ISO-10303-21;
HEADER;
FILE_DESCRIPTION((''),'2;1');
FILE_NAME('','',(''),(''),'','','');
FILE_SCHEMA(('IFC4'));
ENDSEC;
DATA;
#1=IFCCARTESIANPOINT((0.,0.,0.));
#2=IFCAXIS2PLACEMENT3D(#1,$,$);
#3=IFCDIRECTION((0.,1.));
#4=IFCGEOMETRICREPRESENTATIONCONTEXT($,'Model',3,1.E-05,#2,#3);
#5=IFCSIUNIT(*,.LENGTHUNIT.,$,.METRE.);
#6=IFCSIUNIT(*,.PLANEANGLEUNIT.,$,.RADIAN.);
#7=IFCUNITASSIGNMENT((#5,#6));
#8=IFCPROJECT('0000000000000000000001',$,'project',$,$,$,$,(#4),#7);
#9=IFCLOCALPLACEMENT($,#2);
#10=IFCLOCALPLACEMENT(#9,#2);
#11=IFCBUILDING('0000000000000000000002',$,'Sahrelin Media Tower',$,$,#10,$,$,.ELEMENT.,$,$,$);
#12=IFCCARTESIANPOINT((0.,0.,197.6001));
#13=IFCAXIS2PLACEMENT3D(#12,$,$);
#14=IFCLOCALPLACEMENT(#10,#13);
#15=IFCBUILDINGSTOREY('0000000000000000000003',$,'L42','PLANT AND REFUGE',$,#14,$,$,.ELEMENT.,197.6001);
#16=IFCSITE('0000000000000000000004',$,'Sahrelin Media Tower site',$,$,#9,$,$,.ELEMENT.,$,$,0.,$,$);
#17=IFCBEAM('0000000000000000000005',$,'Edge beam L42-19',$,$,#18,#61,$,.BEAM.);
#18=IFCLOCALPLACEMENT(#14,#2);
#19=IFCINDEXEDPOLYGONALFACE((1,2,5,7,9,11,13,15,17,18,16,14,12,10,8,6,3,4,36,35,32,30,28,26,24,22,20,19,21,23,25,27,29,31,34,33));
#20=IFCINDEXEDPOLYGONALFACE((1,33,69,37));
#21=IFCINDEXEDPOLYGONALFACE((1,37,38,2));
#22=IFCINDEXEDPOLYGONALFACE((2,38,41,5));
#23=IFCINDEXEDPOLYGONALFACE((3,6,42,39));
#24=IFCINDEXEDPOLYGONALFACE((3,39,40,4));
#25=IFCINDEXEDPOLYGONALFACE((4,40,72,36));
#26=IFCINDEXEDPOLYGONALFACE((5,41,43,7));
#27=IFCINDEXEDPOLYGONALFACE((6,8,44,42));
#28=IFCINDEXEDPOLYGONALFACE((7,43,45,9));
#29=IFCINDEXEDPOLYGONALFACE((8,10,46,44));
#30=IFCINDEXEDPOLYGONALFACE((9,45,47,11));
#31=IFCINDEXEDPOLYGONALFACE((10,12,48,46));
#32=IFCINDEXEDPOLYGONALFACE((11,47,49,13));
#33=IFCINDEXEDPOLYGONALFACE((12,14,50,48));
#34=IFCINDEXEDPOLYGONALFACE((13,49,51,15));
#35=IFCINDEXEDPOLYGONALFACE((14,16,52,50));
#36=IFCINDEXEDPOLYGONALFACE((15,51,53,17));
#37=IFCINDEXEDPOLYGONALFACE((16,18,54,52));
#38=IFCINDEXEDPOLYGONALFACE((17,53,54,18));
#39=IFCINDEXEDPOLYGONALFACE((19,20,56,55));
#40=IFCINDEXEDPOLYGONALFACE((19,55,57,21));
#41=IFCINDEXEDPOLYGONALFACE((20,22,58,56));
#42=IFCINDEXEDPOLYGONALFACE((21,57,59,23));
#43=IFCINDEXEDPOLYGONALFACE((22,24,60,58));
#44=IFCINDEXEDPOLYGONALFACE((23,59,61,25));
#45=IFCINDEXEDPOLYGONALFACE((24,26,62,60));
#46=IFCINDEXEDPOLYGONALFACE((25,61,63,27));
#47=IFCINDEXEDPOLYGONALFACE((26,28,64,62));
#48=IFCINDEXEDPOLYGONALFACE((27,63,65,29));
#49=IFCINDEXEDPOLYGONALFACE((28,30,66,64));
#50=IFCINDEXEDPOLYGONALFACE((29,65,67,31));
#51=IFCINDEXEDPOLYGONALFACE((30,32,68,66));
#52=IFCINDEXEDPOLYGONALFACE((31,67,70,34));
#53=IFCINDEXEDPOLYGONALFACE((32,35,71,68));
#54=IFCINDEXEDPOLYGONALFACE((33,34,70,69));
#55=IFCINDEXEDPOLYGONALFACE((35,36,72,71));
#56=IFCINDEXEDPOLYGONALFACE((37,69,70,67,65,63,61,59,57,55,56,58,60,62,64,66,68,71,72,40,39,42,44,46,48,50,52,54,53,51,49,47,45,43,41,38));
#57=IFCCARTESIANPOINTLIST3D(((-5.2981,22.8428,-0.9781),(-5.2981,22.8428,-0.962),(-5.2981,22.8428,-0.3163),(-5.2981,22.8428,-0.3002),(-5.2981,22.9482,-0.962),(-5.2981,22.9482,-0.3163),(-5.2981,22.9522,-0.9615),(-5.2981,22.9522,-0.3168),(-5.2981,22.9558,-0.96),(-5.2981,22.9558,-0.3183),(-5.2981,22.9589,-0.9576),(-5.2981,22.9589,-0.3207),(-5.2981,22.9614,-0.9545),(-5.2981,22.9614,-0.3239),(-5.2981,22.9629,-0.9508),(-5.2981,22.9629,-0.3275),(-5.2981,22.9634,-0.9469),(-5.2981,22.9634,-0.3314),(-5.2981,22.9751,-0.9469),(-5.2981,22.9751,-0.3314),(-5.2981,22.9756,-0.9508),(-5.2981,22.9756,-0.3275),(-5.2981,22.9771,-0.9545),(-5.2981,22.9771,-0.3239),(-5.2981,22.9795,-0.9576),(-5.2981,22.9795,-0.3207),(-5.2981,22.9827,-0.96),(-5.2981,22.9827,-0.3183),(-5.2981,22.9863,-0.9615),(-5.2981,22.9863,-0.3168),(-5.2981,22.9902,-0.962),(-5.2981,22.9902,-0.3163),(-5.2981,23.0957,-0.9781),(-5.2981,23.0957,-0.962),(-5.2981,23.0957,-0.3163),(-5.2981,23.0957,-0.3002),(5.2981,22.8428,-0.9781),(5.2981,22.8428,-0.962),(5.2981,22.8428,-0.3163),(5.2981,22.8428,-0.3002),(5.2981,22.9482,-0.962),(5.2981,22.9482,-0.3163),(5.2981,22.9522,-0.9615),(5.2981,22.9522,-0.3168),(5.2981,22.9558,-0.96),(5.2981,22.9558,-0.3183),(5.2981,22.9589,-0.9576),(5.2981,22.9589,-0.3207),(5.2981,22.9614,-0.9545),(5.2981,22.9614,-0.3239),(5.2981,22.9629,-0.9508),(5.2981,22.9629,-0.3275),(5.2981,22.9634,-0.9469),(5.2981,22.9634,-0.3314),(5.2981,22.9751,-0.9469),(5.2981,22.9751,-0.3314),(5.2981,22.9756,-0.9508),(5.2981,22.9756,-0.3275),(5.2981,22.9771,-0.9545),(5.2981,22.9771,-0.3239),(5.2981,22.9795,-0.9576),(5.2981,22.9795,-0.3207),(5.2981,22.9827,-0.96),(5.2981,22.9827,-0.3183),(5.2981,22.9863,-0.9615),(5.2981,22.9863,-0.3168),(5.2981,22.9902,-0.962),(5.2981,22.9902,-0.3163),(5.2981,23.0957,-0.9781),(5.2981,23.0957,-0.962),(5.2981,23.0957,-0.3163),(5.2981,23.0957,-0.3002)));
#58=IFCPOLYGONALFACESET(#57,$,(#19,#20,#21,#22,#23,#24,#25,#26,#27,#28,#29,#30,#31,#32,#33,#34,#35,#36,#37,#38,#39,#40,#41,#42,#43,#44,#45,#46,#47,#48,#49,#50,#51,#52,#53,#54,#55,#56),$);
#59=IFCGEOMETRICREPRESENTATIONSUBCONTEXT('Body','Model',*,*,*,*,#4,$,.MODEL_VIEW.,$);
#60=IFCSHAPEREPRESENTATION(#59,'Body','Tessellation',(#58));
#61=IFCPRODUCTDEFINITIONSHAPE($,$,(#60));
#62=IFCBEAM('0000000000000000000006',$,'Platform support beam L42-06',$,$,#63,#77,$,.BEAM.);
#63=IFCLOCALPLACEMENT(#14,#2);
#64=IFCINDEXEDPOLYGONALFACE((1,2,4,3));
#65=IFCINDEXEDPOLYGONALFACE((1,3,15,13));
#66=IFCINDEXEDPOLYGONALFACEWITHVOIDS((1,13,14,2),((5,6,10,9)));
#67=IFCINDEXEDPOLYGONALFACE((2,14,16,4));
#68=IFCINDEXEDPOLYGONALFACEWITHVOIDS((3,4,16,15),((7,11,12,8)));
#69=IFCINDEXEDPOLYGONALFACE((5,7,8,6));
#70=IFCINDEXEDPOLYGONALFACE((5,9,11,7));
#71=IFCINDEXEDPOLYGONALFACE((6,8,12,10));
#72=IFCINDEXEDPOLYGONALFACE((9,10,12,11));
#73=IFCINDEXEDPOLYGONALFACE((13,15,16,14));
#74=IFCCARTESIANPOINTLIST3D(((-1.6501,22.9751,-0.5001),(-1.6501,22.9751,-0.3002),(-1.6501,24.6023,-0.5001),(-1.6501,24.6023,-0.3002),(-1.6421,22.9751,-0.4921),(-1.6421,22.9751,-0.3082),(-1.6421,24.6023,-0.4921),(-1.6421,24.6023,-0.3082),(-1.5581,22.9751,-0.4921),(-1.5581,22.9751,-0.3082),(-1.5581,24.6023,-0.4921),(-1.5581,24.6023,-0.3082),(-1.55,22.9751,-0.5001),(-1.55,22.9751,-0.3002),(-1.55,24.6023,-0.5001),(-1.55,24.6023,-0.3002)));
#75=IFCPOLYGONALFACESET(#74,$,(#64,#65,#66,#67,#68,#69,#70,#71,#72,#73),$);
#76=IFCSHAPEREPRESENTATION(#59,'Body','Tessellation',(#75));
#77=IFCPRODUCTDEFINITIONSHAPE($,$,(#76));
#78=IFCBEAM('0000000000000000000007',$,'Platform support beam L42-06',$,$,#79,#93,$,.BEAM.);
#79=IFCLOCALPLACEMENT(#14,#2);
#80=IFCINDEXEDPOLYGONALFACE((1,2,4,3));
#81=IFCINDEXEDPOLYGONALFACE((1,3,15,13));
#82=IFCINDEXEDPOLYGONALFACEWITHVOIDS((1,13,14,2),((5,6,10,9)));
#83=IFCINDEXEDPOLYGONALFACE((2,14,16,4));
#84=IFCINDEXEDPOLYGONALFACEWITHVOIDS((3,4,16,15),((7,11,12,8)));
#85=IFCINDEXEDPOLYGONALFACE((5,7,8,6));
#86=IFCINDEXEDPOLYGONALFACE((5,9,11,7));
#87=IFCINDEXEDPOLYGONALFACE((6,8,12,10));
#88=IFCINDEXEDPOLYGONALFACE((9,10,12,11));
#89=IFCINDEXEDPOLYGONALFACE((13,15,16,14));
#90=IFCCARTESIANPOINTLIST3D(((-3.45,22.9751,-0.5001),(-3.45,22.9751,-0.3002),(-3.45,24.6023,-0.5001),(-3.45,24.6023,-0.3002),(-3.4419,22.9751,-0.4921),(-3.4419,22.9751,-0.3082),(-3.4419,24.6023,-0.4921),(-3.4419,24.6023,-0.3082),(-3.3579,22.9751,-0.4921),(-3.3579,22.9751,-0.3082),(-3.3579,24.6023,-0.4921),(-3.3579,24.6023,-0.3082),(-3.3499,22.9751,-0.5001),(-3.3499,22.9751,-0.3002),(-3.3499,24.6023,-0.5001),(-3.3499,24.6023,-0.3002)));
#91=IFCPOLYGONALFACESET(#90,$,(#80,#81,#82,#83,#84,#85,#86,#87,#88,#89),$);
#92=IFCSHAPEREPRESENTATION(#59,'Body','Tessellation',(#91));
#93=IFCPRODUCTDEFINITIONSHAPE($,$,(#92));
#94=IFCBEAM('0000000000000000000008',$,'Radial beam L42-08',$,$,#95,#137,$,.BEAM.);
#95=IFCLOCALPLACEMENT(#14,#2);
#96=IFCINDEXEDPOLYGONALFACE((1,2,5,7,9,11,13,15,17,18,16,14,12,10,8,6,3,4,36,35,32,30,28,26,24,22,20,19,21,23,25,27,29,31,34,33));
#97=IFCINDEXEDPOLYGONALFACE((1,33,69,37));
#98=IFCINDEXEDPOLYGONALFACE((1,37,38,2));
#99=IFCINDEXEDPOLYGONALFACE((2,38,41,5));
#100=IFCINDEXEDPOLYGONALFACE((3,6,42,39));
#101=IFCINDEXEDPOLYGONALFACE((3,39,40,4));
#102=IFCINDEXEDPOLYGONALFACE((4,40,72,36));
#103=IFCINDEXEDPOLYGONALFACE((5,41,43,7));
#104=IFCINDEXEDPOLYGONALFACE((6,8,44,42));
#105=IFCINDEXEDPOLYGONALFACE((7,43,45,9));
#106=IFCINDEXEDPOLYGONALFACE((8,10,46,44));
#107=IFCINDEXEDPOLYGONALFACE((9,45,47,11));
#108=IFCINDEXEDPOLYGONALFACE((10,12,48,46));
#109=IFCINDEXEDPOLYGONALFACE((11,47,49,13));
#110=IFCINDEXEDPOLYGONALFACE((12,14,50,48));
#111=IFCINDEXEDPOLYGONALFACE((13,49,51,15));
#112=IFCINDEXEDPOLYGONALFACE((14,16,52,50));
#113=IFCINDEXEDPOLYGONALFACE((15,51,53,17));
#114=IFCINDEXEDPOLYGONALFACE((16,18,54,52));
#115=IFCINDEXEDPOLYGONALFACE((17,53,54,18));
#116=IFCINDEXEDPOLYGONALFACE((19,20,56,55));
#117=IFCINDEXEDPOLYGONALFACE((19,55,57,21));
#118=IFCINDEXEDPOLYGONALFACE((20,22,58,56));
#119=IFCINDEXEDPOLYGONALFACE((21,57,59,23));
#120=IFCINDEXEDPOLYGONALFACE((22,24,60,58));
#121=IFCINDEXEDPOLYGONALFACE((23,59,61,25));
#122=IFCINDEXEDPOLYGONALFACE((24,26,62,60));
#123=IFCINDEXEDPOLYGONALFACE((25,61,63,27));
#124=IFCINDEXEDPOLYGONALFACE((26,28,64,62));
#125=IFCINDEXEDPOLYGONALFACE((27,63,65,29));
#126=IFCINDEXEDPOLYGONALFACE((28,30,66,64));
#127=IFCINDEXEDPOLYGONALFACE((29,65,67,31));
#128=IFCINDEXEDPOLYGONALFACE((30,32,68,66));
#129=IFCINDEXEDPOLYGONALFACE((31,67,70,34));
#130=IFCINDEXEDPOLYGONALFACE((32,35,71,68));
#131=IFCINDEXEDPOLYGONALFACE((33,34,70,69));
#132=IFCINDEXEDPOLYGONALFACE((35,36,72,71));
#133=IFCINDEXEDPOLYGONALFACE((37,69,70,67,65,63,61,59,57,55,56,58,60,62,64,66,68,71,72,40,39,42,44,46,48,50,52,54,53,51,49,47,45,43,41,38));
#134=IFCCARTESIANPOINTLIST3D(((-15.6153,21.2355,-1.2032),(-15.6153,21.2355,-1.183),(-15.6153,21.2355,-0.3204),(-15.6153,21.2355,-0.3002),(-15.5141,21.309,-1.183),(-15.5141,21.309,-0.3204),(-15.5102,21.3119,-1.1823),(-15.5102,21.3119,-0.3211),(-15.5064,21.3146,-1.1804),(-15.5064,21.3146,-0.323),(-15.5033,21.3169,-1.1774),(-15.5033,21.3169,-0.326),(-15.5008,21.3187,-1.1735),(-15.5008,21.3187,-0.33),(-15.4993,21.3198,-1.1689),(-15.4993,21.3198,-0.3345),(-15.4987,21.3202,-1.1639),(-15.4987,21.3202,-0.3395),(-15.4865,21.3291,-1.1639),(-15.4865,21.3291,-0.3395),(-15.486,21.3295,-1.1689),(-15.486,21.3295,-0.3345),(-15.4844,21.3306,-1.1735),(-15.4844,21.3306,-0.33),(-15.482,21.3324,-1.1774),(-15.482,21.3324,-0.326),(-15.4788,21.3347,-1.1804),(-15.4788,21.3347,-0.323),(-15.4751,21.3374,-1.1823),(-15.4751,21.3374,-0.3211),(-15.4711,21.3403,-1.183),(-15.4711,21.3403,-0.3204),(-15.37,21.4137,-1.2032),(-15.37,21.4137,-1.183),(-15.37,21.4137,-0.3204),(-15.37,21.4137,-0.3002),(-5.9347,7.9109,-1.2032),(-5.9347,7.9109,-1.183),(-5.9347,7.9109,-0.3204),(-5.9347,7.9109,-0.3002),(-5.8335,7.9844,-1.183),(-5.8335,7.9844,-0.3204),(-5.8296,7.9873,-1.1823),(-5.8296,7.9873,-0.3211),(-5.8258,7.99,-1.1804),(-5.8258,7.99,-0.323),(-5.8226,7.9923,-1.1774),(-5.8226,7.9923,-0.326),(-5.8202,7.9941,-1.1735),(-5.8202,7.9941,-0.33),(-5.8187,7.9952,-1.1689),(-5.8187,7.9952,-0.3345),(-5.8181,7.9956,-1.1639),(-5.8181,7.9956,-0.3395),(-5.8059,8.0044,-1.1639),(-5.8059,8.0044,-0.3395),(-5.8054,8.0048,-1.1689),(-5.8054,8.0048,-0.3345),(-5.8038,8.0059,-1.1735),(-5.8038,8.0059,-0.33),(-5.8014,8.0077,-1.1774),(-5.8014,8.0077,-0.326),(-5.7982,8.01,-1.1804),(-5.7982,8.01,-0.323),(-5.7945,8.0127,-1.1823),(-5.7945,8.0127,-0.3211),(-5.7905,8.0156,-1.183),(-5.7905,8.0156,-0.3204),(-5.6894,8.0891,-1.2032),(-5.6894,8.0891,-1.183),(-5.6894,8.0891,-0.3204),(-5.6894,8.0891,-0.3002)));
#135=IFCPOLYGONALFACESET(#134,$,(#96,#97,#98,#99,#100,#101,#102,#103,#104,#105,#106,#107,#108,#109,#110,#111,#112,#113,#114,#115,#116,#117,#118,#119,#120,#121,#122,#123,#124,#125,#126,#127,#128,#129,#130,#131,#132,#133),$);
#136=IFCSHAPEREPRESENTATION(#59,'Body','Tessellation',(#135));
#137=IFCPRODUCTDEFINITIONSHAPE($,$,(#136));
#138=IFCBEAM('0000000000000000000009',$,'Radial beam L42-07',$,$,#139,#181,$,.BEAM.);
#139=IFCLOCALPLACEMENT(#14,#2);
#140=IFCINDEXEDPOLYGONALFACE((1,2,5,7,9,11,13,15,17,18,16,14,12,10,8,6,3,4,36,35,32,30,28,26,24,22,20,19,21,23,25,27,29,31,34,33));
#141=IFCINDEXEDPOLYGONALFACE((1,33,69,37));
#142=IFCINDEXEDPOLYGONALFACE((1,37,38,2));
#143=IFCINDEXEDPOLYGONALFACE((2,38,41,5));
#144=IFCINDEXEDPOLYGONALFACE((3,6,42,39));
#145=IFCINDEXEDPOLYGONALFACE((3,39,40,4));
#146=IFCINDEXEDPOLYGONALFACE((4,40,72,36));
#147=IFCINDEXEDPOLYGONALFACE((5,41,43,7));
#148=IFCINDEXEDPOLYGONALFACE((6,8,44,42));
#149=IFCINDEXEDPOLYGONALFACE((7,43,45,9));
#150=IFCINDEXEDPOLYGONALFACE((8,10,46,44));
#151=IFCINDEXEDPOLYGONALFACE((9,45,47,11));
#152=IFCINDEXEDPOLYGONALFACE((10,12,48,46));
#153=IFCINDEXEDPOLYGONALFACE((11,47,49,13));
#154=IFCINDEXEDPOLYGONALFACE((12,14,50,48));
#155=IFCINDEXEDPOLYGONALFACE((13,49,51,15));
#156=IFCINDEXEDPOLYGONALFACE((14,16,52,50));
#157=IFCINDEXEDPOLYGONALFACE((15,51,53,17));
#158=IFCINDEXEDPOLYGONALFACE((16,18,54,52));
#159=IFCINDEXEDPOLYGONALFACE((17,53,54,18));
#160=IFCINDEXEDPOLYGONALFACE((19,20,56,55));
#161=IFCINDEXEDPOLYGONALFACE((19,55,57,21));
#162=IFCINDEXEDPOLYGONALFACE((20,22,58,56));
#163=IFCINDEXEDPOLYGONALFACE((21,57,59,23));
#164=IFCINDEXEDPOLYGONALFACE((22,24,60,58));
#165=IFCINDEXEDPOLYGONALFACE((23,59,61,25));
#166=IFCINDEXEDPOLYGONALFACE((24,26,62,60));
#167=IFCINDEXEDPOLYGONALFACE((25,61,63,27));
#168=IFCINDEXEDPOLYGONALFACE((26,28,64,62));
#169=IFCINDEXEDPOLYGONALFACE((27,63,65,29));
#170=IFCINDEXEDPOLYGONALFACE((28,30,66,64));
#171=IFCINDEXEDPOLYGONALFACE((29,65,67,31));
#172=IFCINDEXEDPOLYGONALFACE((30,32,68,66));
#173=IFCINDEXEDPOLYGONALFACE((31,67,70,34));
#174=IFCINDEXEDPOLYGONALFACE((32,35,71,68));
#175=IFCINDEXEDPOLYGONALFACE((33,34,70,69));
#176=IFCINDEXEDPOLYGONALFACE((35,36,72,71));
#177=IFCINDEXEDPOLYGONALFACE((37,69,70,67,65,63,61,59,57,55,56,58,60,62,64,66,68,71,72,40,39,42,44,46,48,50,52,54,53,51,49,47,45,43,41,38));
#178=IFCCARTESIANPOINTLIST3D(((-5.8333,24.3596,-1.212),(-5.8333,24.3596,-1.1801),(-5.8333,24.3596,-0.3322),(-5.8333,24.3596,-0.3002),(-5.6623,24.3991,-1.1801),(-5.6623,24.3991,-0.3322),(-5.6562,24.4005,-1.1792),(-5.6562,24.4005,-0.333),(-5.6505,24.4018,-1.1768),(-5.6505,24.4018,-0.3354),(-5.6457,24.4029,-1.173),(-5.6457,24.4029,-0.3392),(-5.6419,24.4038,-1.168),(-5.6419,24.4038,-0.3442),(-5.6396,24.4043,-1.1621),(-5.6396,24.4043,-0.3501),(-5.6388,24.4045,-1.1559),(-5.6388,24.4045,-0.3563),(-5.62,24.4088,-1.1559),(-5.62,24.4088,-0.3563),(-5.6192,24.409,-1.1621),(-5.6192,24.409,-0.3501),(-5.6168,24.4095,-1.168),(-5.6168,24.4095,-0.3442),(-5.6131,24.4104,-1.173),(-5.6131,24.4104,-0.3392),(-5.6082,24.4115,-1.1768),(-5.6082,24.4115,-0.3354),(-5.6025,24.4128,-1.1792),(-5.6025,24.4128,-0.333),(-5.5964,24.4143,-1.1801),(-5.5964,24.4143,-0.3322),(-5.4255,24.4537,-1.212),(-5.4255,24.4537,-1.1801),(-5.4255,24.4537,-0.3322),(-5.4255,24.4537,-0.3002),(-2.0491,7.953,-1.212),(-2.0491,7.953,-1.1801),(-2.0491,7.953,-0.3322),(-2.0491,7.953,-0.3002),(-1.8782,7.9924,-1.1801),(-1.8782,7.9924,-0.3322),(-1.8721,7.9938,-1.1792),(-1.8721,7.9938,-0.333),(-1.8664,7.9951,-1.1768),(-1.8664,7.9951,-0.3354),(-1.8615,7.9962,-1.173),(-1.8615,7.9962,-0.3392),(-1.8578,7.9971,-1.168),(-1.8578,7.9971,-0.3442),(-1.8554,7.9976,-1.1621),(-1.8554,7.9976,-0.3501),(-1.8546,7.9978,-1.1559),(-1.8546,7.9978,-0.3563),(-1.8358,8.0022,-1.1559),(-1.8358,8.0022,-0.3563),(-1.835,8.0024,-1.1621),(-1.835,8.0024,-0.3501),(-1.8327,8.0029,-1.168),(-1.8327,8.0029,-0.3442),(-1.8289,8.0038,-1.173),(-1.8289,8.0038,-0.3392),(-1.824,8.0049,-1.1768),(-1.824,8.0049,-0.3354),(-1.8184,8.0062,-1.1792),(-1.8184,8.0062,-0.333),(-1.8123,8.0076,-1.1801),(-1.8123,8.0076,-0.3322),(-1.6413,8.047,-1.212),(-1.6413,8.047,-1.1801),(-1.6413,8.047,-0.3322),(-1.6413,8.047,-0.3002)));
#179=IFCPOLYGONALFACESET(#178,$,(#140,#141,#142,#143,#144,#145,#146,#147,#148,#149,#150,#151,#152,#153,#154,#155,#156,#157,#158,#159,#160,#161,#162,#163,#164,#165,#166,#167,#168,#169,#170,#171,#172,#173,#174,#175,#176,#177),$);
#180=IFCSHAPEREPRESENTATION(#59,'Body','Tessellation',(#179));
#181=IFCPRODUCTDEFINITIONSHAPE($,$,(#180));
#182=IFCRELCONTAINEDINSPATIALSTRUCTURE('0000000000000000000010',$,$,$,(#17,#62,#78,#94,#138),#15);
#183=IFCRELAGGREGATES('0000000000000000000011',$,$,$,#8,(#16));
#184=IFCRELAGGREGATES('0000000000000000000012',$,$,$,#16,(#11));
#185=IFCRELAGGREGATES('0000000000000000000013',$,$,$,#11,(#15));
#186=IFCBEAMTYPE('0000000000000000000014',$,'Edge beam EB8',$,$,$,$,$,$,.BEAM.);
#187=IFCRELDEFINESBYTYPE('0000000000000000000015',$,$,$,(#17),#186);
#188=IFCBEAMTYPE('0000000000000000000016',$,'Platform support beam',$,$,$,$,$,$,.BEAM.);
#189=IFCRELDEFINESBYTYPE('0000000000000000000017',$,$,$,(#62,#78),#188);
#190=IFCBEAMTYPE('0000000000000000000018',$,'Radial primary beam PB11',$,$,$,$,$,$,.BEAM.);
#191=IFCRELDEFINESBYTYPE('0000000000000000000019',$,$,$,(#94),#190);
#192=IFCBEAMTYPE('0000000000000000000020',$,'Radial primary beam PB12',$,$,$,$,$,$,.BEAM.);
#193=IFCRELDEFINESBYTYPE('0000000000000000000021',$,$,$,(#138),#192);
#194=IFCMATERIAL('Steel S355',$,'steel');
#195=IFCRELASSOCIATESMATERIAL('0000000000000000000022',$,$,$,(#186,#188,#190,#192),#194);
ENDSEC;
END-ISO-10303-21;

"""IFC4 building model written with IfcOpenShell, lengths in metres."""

from ifc_helpers import new_model, si_unit, direction, frame, origin, origin_2d, place, context, subcontext, project, spatial, hollow_rectangle, i_section, extrude, material, material_profile, profile_set, type_object, element, save


model = new_model("IFC4")

# Units and contexts
model_context = context("Model", 3, precision=1e-05, world=origin(), true_north=direction((0.0, 1.0)))
body_context = subcontext(model_context, "Body", "Model", "MODEL_VIEW")
ifc_project = project(units=[si_unit("LENGTHUNIT", "METRE"), si_unit("PLANEANGLEUNIT", "RADIAN")], contexts=[model_context])

# Site, building, storey
site_placement = place(None, origin())
site = spatial("IfcSite", under=ifc_project, at=site_placement, Name="Sahrelin Media Tower site", CompositionType="ELEMENT", RefElevation=0.0)
building_placement = place(site_placement, origin())
building = spatial("IfcBuilding", under=site, at=building_placement, Name="Sahrelin Media Tower", CompositionType="ELEMENT")
storey_placement = place(building_placement, frame((0.0, 0.0, 197.6001)))
storey = spatial("IfcBuildingStorey", under=building, at=storey_placement, Name="L42", Description="PLANT AND REFUGE", CompositionType="ELEMENT", Elevation=197.6001)

# Beams
ifc_material_1 = material(Name="Steel S355", Category="steel")
ifc_material_profile_1 = material_profile(ifc_material_1, i_section(OverallWidth=0.2529, OverallDepth=0.678, WebThickness=0.0117, FlangeThickness=0.0161, FilletRadius=0.0151, at=origin_2d()), Name="UB 686x254x125")
ifc_profile_set_1 = profile_set([ifc_material_profile_1], Name="Steel S355")
beam_type_1 = type_object("IfcBeamType", Name="Edge beam EB8", PredefinedType="BEAM", material=ifc_profile_set_1)
beam_1_placement = place(storey_placement, frame((-5.2981, 22.9692, -0.6392), z_axis=(1.0, 0.0, 0.0), x_axis=(0.0, 1.0, 0.0)))
element("IfcBeam", 1, at=beam_1_placement, inside=storey, type_object=beam_type_1, Name="Edge beam L42-19", PredefinedType="BEAM", context=body_context, shape_type="SweptSolid", body=[
    extrude(i_section(OverallWidth=0.2529, OverallDepth=0.678, WebThickness=0.0117, FlangeThickness=0.0161, FilletRadius=0.0151, at=origin_2d()), origin(), (0.0, 0.0, 1.0), 10.5962),
])
ifc_material_profile_2 = material_profile(ifc_material_1, hollow_rectangle(XDim=0.1001, YDim=0.2, WallThickness=0.0081, at=origin_2d()), Name="RHS 200x100x8")
ifc_profile_set_2 = profile_set([ifc_material_profile_2], Name="Steel S355")
beam_type_2 = type_object("IfcBeamType", Name="Platform support beam", PredefinedType="BEAM", material=ifc_profile_set_2)
for number, where, z_axis, x_axis, name in (
    (2, (-1.6001, 22.9751, -0.4001), (0.0, 1.0, 0.0), (-1.0, 0.0, 0.0), "Platform support beam L42-06"),
    (3, (-3.3999, 22.9751, -0.4001), (0.0, 1.0, 0.0), (-1.0, 0.0, 0.0), "Platform support beam L42-06"),
):
    element("IfcBeam", number, at=place(storey_placement, frame(where, z_axis=z_axis, x_axis=x_axis)), inside=storey, type_object=beam_type_2, Name=name, PredefinedType="BEAM", context=body_context, shape_type="SweptSolid", body=[
        extrude(hollow_rectangle(XDim=0.1001, YDim=0.2, WallThickness=0.0081, at=origin_2d()), origin(), (0.0, 0.0, 1.0), 1.6272),
    ])
ifc_material_profile_3 = material_profile(ifc_material_1, i_section(OverallWidth=0.3032, OverallDepth=0.9031, WebThickness=0.0151, FlangeThickness=0.0203, FilletRadius=0.019, at=origin_2d()), Name="UB 914x305x201")
ifc_profile_set_3 = profile_set([ifc_material_profile_3], Name="Steel S355")
beam_type_3 = type_object("IfcBeamType", Name="Radial primary beam PB11", PredefinedType="BEAM", material=ifc_profile_set_3)
beam_2_placement = place(storey_placement, frame((-5.812, 8.0, -0.7517), z_axis=(-0.587773, 0.809026, 0.0), x_axis=(-0.809026, -0.587773, 0.0)))
element("IfcBeam", 4, at=beam_2_placement, inside=storey, type_object=beam_type_3, Name="Radial beam L42-08", PredefinedType="BEAM", context=body_context, shape_type="SweptSolid", body=[
    extrude(i_section(OverallWidth=0.3032, OverallDepth=0.9031, WebThickness=0.0151, FlangeThickness=0.0203, FilletRadius=0.019, at=origin_2d()), origin(), (0.0, 0.0, 1.0), 16.47),
])
ifc_material_profile_4 = material_profile(ifc_material_1, i_section(OverallWidth=0.4185, OverallDepth=0.9119, WebThickness=0.0193, FlangeThickness=0.032, FilletRadius=0.0242, at=origin_2d()), Name="UB 914x419x343")
ifc_profile_set_4 = profile_set([ifc_material_profile_4], Name="Steel S355")
beam_type_4 = type_object("IfcBeamType", Name="Radial primary beam PB12", PredefinedType="BEAM", material=ifc_profile_set_4)
beam_3_placement = place(storey_placement, frame((-1.8452, 8.0, -0.7561), z_axis=(-0.224747, 0.974417, 0.0), x_axis=(-0.974417, -0.224747, 0.0)))
element("IfcBeam", 5, at=beam_3_placement, inside=storey, type_object=beam_type_4, Name="Radial beam L42-07", PredefinedType="BEAM", context=body_context, shape_type="SweptSolid", body=[
    extrude(i_section(OverallWidth=0.4185, OverallDepth=0.9119, WebThickness=0.0193, FlangeThickness=0.032, FilletRadius=0.0242, at=origin_2d()), origin(), (0.0, 0.0, 1.0), 16.8374),
])

save(model, "model.ifc")
